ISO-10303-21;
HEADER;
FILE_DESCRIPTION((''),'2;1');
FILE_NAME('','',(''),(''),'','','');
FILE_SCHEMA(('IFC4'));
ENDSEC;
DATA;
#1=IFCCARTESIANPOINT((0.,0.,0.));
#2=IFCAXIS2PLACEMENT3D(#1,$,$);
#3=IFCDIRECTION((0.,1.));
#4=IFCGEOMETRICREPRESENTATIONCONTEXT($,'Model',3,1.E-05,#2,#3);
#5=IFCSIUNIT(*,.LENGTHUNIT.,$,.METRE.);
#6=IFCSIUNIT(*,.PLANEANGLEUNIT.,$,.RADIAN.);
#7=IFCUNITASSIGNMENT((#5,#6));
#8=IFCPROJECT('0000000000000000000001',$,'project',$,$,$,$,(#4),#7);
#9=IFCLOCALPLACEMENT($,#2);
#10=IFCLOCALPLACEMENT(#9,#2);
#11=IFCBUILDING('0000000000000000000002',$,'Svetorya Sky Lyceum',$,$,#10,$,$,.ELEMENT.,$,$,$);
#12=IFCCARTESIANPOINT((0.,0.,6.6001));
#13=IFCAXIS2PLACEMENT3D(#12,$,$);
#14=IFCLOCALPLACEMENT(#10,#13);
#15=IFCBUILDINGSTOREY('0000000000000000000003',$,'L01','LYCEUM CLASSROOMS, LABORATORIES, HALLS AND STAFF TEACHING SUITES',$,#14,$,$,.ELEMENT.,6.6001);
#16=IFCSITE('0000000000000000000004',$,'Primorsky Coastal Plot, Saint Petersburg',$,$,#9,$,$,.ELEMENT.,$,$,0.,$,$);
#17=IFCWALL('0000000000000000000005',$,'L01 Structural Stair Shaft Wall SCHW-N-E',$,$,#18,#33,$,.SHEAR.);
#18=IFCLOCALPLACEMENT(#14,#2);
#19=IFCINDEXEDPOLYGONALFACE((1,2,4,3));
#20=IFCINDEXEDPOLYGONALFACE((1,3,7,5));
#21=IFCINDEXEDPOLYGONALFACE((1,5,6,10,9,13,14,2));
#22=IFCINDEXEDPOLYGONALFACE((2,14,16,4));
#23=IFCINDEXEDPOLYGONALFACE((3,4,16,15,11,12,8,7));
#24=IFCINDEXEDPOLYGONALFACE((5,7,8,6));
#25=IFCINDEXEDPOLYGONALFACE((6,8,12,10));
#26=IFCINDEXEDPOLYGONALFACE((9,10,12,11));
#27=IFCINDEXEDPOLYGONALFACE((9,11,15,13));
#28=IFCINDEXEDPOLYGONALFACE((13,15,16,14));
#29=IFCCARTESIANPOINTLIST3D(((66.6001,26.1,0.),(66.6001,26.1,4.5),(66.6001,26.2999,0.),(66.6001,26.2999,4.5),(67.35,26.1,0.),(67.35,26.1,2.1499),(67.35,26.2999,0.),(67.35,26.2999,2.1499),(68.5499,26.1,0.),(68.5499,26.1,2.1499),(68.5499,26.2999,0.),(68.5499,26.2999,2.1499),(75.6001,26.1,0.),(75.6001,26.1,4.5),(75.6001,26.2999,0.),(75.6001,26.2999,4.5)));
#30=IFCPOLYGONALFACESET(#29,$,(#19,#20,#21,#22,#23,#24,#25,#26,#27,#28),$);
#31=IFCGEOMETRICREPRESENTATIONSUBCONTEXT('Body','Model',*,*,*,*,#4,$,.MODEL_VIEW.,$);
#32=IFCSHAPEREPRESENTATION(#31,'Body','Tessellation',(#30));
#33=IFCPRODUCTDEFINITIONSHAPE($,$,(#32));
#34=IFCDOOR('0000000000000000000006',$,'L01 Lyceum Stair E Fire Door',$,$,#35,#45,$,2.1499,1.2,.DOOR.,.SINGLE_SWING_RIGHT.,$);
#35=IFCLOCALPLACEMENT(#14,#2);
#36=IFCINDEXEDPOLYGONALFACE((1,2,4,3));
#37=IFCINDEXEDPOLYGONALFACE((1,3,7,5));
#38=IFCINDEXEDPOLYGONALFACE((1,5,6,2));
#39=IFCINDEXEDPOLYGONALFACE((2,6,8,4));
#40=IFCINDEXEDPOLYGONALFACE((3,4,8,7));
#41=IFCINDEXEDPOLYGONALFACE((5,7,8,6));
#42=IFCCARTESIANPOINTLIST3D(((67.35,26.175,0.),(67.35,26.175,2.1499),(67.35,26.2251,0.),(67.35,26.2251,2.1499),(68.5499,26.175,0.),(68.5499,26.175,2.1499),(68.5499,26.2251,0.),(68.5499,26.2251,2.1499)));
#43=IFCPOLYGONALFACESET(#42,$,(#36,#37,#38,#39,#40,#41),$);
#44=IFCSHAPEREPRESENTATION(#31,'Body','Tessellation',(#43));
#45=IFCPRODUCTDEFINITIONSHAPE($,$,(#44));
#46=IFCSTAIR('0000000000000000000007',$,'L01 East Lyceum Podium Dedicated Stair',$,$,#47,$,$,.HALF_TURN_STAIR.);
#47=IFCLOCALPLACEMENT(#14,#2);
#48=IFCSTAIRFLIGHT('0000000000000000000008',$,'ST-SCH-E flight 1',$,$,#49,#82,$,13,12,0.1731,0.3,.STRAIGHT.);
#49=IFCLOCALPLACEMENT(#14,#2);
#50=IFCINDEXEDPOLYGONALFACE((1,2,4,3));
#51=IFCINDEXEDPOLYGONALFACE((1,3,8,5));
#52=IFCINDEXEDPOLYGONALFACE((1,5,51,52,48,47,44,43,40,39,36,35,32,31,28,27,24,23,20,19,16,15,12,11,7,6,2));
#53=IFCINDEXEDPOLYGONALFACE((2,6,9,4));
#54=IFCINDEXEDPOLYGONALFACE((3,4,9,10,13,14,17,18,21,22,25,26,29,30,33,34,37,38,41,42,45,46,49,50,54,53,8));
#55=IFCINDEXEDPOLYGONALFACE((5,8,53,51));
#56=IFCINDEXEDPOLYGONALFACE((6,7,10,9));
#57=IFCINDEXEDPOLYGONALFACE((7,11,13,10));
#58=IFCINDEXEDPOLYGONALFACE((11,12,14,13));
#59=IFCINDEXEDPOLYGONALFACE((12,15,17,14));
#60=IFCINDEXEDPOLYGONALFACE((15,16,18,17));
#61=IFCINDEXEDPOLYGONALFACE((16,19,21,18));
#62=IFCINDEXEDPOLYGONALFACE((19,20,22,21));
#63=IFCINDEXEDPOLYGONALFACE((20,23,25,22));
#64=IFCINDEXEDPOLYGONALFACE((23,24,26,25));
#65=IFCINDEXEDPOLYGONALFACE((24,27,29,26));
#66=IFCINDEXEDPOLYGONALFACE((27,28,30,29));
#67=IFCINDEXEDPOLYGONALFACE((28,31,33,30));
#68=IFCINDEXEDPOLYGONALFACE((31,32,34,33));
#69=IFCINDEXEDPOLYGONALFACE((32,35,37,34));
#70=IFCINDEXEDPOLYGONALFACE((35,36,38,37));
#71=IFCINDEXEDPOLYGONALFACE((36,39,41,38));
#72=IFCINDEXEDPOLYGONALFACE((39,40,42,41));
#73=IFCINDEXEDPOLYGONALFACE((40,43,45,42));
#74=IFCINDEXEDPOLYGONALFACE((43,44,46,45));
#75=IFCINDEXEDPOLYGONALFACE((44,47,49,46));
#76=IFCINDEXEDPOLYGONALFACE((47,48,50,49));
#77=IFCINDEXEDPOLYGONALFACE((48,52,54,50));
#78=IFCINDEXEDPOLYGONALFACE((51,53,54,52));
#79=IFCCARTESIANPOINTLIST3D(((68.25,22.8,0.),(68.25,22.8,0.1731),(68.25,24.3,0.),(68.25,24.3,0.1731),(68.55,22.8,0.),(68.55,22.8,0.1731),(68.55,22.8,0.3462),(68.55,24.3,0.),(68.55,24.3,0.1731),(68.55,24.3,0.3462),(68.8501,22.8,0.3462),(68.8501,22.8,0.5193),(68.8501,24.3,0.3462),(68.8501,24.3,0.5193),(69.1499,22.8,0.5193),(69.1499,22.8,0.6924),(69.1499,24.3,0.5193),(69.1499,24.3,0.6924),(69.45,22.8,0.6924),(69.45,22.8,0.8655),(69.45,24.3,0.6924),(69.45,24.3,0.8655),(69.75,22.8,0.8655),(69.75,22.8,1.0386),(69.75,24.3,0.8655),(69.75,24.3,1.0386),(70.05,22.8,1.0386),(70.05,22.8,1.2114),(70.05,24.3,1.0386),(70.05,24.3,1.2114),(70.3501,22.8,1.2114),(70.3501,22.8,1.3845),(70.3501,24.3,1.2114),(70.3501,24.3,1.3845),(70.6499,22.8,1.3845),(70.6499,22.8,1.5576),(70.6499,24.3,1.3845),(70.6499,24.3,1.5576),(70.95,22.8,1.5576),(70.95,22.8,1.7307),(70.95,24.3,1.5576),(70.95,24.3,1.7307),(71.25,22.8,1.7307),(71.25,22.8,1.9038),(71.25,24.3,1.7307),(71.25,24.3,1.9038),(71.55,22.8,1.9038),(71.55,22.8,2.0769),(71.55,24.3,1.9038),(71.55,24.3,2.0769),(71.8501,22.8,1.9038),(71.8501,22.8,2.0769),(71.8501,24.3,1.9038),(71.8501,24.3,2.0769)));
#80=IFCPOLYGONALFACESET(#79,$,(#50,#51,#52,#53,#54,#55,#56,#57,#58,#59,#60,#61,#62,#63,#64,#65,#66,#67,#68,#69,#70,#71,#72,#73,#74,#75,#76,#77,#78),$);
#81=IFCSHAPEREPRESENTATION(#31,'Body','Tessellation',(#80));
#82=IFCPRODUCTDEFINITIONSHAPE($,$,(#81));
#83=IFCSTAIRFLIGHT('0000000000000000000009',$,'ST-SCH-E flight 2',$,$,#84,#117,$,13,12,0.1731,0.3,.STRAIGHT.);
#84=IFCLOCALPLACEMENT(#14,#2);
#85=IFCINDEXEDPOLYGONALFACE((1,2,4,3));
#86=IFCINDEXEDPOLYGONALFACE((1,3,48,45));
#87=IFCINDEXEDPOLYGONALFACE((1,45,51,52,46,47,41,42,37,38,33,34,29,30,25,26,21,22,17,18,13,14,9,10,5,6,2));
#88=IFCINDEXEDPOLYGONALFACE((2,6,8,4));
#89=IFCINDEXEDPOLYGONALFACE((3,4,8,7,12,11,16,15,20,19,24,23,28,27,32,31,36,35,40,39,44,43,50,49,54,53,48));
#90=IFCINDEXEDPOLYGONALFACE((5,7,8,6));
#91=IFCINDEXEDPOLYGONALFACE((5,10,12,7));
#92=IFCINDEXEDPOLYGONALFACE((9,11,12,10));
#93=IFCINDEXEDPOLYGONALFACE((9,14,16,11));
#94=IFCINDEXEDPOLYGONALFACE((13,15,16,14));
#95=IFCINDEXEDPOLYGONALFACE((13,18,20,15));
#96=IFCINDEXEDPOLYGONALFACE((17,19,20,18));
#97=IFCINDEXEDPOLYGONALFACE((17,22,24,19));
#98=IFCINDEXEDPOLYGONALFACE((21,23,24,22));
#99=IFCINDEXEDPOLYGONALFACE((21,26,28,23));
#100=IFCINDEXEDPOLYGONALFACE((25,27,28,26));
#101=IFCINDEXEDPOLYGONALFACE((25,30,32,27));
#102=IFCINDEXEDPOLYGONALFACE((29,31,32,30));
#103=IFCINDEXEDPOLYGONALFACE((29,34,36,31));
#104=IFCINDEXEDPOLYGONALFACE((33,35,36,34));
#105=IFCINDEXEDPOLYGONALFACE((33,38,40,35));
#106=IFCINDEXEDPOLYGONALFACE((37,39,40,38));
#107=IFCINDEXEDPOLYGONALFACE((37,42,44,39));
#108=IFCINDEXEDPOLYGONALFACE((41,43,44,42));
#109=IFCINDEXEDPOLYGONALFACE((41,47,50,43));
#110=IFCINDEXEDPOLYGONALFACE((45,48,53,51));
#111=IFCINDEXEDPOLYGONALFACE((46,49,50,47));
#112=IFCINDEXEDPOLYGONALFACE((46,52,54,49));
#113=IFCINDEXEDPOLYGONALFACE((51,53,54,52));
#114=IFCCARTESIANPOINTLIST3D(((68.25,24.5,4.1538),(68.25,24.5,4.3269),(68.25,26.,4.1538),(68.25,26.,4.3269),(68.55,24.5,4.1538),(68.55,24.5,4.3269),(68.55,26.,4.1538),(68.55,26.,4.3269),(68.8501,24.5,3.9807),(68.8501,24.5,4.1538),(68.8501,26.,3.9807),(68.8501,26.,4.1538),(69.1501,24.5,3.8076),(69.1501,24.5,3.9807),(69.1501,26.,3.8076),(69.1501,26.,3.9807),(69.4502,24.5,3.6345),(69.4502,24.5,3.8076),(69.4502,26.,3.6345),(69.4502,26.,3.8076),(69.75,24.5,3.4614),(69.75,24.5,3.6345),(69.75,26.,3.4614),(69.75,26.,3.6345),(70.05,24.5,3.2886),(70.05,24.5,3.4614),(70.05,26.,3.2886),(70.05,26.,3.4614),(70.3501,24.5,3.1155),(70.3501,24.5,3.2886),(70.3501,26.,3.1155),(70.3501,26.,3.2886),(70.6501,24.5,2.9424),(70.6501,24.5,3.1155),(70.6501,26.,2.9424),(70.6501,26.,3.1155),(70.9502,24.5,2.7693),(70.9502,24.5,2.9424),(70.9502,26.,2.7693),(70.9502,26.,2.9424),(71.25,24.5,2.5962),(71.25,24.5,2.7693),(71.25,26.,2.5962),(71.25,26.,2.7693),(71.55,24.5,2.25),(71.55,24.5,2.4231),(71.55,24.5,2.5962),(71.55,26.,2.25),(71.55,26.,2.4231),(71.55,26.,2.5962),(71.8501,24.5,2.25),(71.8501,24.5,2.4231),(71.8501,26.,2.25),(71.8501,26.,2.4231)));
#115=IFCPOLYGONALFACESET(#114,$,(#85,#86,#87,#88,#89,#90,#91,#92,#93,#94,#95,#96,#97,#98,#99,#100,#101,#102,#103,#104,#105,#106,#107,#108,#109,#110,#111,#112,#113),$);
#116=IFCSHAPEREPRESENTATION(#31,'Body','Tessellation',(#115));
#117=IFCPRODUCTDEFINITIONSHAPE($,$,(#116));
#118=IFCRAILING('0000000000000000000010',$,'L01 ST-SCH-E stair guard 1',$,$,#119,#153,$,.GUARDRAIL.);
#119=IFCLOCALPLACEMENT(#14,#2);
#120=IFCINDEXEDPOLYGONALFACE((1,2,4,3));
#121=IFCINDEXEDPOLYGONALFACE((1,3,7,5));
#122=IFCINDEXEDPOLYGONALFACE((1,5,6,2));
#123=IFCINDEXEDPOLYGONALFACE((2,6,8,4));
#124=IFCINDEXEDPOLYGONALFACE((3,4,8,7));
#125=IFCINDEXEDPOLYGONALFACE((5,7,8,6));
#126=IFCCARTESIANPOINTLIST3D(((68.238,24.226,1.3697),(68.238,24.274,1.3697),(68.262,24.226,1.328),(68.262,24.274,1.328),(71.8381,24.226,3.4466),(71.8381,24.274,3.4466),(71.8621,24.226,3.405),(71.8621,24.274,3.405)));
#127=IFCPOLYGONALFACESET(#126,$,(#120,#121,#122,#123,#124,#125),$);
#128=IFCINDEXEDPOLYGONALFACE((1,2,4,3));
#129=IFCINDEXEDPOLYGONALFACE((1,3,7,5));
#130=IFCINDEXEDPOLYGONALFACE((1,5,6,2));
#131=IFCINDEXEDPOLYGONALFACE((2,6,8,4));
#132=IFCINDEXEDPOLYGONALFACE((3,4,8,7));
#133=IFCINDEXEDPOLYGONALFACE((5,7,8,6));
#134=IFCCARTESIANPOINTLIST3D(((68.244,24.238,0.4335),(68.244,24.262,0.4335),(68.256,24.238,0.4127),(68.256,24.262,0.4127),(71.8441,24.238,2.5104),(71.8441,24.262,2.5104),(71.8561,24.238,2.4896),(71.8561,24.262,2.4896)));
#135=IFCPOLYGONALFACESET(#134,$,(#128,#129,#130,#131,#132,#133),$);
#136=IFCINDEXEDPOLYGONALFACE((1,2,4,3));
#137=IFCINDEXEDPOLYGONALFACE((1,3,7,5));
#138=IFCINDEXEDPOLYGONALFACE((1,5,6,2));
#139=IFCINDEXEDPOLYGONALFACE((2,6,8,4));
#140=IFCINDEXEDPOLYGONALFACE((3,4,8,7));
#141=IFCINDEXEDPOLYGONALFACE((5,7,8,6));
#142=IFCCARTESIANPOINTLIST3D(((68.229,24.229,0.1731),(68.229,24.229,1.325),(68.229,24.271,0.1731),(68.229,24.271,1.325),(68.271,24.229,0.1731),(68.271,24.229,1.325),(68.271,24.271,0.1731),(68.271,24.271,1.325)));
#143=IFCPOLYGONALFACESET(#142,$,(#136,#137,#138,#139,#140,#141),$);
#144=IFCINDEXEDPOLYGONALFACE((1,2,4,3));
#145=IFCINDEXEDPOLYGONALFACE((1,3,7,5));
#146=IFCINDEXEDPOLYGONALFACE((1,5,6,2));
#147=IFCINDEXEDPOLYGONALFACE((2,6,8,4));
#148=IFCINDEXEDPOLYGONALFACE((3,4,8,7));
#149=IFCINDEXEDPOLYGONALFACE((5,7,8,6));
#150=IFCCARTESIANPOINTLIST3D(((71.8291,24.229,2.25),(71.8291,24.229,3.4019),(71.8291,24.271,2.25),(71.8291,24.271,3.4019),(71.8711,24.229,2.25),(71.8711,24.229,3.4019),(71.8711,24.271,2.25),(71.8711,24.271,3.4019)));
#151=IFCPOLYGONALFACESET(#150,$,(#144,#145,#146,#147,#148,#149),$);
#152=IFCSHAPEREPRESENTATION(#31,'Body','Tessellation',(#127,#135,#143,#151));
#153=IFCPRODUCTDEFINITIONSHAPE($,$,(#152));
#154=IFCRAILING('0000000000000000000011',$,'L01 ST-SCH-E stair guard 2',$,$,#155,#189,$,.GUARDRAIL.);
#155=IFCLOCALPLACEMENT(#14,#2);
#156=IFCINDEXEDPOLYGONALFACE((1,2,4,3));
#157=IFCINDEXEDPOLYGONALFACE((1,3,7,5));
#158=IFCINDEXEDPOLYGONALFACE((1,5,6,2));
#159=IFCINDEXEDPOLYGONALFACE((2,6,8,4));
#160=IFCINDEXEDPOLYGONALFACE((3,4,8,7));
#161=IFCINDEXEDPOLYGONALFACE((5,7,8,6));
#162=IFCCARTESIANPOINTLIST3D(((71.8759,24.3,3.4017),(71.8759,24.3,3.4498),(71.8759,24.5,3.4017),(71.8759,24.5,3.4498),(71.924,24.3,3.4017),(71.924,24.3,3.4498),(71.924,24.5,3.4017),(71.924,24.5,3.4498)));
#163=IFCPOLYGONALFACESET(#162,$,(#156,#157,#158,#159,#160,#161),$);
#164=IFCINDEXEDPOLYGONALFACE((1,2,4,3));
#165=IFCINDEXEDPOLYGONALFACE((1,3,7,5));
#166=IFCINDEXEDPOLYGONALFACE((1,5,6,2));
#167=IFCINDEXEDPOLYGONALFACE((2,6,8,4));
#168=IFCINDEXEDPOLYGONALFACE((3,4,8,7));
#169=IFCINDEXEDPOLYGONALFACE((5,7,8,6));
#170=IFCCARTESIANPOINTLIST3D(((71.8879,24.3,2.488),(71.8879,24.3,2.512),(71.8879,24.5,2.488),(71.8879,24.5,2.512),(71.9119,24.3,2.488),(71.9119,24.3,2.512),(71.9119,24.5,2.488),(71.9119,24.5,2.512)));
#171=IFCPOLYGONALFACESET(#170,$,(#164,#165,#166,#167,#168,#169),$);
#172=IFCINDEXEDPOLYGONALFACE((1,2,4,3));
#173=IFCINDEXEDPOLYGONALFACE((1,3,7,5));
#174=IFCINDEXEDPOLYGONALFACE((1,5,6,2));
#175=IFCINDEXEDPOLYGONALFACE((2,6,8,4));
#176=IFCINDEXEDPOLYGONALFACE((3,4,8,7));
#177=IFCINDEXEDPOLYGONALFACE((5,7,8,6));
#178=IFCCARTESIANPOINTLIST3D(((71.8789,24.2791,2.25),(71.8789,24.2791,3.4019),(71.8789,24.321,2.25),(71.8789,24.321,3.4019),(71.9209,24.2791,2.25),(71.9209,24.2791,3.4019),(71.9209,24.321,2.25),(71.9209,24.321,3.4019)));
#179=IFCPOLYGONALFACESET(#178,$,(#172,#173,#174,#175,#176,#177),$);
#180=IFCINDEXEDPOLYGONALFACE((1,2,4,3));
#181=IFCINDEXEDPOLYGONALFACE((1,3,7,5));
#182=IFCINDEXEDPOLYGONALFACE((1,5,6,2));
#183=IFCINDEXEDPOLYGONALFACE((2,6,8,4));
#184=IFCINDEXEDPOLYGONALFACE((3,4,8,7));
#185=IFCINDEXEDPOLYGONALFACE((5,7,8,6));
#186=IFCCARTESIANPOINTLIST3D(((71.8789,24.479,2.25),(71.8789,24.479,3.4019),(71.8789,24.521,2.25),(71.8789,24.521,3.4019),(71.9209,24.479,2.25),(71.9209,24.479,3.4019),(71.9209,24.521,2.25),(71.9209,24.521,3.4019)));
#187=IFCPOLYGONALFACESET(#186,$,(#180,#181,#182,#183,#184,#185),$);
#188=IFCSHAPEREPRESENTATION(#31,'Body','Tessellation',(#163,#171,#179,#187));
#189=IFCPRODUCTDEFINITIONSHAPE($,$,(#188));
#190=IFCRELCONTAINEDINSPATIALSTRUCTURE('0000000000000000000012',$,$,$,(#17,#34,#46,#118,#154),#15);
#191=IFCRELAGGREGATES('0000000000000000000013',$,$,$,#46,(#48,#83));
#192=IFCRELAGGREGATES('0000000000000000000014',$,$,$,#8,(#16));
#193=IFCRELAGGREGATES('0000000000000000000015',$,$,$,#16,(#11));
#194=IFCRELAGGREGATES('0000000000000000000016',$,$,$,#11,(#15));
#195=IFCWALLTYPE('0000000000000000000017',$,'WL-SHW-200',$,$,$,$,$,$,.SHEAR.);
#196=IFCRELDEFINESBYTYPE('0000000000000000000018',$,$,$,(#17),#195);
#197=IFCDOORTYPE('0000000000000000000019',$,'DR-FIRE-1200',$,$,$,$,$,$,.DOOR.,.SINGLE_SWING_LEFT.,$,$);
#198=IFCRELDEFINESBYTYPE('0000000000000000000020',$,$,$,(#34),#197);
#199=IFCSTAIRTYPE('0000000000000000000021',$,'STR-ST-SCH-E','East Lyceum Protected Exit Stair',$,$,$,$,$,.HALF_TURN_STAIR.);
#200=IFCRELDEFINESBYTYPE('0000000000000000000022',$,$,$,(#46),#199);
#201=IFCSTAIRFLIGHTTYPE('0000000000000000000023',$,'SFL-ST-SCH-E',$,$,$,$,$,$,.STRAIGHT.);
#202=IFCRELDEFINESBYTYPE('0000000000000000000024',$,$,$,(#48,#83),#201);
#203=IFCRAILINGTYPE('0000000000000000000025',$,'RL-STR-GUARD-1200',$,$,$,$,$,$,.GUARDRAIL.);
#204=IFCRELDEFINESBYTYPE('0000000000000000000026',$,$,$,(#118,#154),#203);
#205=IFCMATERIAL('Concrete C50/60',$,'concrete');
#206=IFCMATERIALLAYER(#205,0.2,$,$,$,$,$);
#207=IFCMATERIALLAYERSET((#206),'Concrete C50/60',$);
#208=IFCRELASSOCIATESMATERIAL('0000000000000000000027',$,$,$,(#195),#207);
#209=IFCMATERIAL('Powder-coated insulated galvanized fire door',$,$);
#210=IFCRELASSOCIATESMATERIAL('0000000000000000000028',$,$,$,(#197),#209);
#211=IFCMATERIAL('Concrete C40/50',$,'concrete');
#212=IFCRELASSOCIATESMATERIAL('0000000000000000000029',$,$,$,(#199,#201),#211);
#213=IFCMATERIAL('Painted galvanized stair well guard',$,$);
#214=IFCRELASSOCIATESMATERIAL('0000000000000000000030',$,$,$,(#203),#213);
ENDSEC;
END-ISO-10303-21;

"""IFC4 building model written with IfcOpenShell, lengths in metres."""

from ifc_helpers import new_model, si_unit, direction, frame, frame_2d, origin, origin_2d, place, context, subcontext, project, spatial, polyline, rectangle, outline, extrude, material, layer, layer_set, type_object, element, fill, aggregate, save


model = new_model("IFC4")

# Units and contexts
model_context = context("Model", 3, precision=1e-05, world=origin(), true_north=direction((0.0, 1.0)))
body_context = subcontext(model_context, "Body", "Model", "MODEL_VIEW")
ifc_project = project(units=[si_unit("LENGTHUNIT", "METRE"), si_unit("PLANEANGLEUNIT", "RADIAN")], contexts=[model_context])

# Site, building, storey
site_placement = place(None, origin())
site = spatial("IfcSite", under=ifc_project, at=site_placement, Name="Primorsky Coastal Plot, Saint Petersburg", CompositionType="ELEMENT", RefElevation=0.0)
building_placement = place(site_placement, origin())
building = spatial("IfcBuilding", under=site, at=building_placement, Name="Svetorya Sky Lyceum", CompositionType="ELEMENT")
storey_placement = place(building_placement, frame((0.0, 0.0, 6.6001)))
storey = spatial("IfcBuildingStorey", under=building, at=storey_placement, Name="L01", Description="LYCEUM CLASSROOMS, LABORATORIES, HALLS AND STAFF TEACHING SUITES", CompositionType="ELEMENT", Elevation=6.6001)

# Shared definitions
ifc_material_1 = material(Name="Concrete C50/60", Category="concrete")

# Shared definitions
ifc_layer_1 = layer(ifc_material_1, 0.2)
ifc_layer_set_1 = layer_set([ifc_layer_1], Name="Concrete C50/60")
wall_type_1 = type_object("IfcWallType", Name="WL-SHW-200", PredefinedType="SHEAR", material=ifc_layer_set_1)

# Wall, opening, door
wall_1_placement = place(storey_placement, frame((75.6001, 26.2, 0.0), z_axis=(0.0, 0.0, 1.0), x_axis=(-1.0, 0.0, 0.0)))
wall_1 = element("IfcWall", 1, at=wall_1_placement, inside=storey, type_object=wall_type_1, Name="L01 Structural Stair Shaft Wall SCHW-N-E", PredefinedType="SHEAR", context=body_context, shape_type="SweptSolid", body=[
    extrude(rectangle(XDim=9.0, YDim=0.2, at=frame_2d((4.5, 0.0))), origin(), (0.0, 0.0, 1.0), 4.5),
])
opening_1_placement = place(wall_1_placement, frame((7.05, 0.0, 0.0)))
opening_1 = element("IfcOpeningElement", 2, at=opening_1_placement, cuts=wall_1, PredefinedType="OPENING", context=body_context, shape_type="SweptSolid", body=[
    extrude(rectangle(XDim=1.2, YDim=2.1499, at=frame_2d((0.6001, 1.075))), frame((0.0, 0.1099, 0.0), z_axis=(0.0, -1.0, 0.0), x_axis=(1.0, 0.0, 0.0)), (0.0, 0.0, 1.0), 0.22),
])
ifc_material_2 = material(Name="Powder-coated insulated galvanized fire door")
door_type_1 = type_object("IfcDoorType", Name="DR-FIRE-1200", OperationType="SINGLE_SWING_LEFT", PredefinedType="DOOR", material=ifc_material_2)
door_1_placement = place(opening_1_placement, origin())
door_1 = element("IfcDoor", 3, at=door_1_placement, inside=storey, type_object=door_type_1, Name="L01 Lyceum Stair E Fire Door", OperationType="SINGLE_SWING_RIGHT", OverallHeight=2.1499, OverallWidth=1.2, PredefinedType="DOOR", context=body_context, shape_type="SweptSolid", body=[
    extrude(rectangle(XDim=1.2, YDim=2.1499, at=frame_2d((0.6001, 1.075))), frame((0.0, 0.0249, 0.0), z_axis=(0.0, -1.0, 0.0), x_axis=(1.0, 0.0, 0.0)), (0.0, 0.0, 1.0), 0.05),
])
fill(opening_1, door_1)

# Stair, stair flights
ifc_material_3 = material(Name="Concrete C40/50", Category="concrete")
stair_type = type_object("IfcStairType", Name="STR-ST-SCH-E", Description="East Lyceum Protected Exit Stair", PredefinedType="HALF_TURN_STAIR", material=ifc_material_3)
stair_placement = place(storey_placement, origin())
stair = element("IfcStair", 4, at=stair_placement, inside=storey, type_object=stair_type, Name="L01 East Lyceum Podium Dedicated Stair", PredefinedType="HALF_TURN_STAIR")
stair_flight_type = type_object("IfcStairFlightType", Name="SFL-ST-SCH-E", PredefinedType="STRAIGHT", material=ifc_material_3)
stair_flight_1_placement = place(storey_placement, frame((68.25, 23.55, 0.0), z_axis=(0.0, 0.0, 1.0), x_axis=(1.0, 0.0, 0.0)))
stair_flight_1 = element("IfcStairFlight", 5, at=stair_flight_1_placement, type_object=stair_flight_type, Name="ST-SCH-E flight 1", NumberOfRisers=13, NumberOfTreads=12, PredefinedType="STRAIGHT", RiserHeight=0.1731, TreadLength=0.3, context=body_context, shape_type="SweptSolid", body=[
    extrude(outline(polyline([(0.0, 0.0), (0.0, 0.1731), (0.3, 0.1731), (0.3, 0.3462), (0.6001, 0.3462), (0.6001, 0.5193), (0.8999, 0.5193), (0.8999, 0.6924), (1.2, 0.6924), (1.2, 0.8655), (1.5, 0.8655), (1.5, 1.0386), (1.8, 1.0386), (1.8, 1.2114), (2.1001, 1.2114), (2.1001, 1.3845), (2.3999, 1.3845), (2.3999, 1.5576), (2.7, 1.5576), (2.7, 1.7307), (3.0, 1.7307), (3.0, 1.9038), (3.3, 1.9038), (3.3, 2.0769), (3.6001, 2.0769), (3.6001, 2.25), (3.6001, 1.9038), (0.3, 0.0), (0.0, 0.0)])), frame((0.0, 0.75, 0.0), z_axis=(0.0, -1.0, 0.0), x_axis=(1.0, 0.0, 0.0)), (0.0, 0.0, 1.0), 1.5),
])
stair_flight_2_placement = place(storey_placement, frame((71.8501, 25.25, 2.25), z_axis=(0.0, 0.0, 1.0), x_axis=(-1.0, 0.0, 0.0)))
stair_flight_2 = element("IfcStairFlight", 6, at=stair_flight_2_placement, type_object=stair_flight_type, Name="ST-SCH-E flight 2", NumberOfRisers=13, NumberOfTreads=12, PredefinedType="STRAIGHT", RiserHeight=0.1731, TreadLength=0.3, context=body_context, shape_type="SweptSolid", body=[
    extrude(outline(polyline([(0.0, 0.0), (0.0, 0.1731), (0.3, 0.1731), (0.3, 0.3462), (0.6001, 0.3462), (0.6001, 0.5193), (0.8999, 0.5193), (0.8999, 0.6924), (1.2, 0.6924), (1.2, 0.8655), (1.5, 0.8655), (1.5, 1.0386), (1.8, 1.0386), (1.8, 1.2114), (2.1001, 1.2114), (2.1001, 1.3845), (2.3999, 1.3845), (2.3999, 1.5576), (2.7, 1.5576), (2.7, 1.7307), (3.0, 1.7307), (3.0, 1.9038), (3.3, 1.9038), (3.3, 2.0769), (3.6001, 2.0769), (3.6001, 2.25), (3.6001, 1.9038), (0.3, 0.0), (0.0, 0.0)])), frame((0.0, 0.75, 0.0), z_axis=(0.0, -1.0, 0.0), x_axis=(1.0, 0.0, 0.0)), (0.0, 0.0, 1.0), 1.5),
])
aggregate(stair, [stair_flight_1, stair_flight_2])

# Railings
ifc_material_4 = material(Name="Painted galvanized stair well guard")
railing_type_1 = type_object("IfcRailingType", Name="RL-STR-GUARD-1200", PredefinedType="GUARDRAIL", material=ifc_material_4)
railing_1_placement = place(storey_placement, frame((68.25, 24.25, 0.1731)))
element("IfcRailing", 7, at=railing_1_placement, inside=storey, type_object=railing_type_1, Name="L01 ST-SCH-E stair guard 1", PredefinedType="GUARDRAIL", context=body_context, shape_type="SweptSolid", body=[
    extrude(rectangle(XDim=0.0481, YDim=0.0481, at=origin_2d()), frame((0.0, 0.0, 1.1758), z_axis=(0.866193, 0.0, 0.499709), x_axis=(0.0, 1.0, 0.0)), (0.0, 0.0, 1.0), 4.1562),
    extrude(rectangle(XDim=0.0239, YDim=0.0239, at=origin_2d()), frame((0.0, 0.0, 0.25), z_axis=(0.866193, 0.0, 0.499709), x_axis=(0.0, 1.0, 0.0)), (0.0, 0.0, 1.0), 4.1562),
    extrude(rectangle(XDim=0.042, YDim=0.042, at=origin_2d()), origin(), (0.0, 0.0, 1.0), 1.1519),
    extrude(rectangle(XDim=0.042, YDim=0.042, at=origin_2d()), frame((3.6001, 0.0, 2.0769)), (0.0, 0.0, 1.0), 1.1519),
])
railing_2_placement = place(storey_placement, frame((71.8999, 24.3, 2.25)))
element("IfcRailing", 8, at=railing_2_placement, inside=storey, type_object=railing_type_1, Name="L01 ST-SCH-E stair guard 2", PredefinedType="GUARDRAIL", context=body_context, shape_type="SweptSolid", body=[
    extrude(rectangle(XDim=0.0481, YDim=0.0481, at=origin_2d()), frame((0.0, 0.0, 1.1758), z_axis=(0.0, 1.0, 0.0), x_axis=(-1.0, 0.0, 0.0)), (0.0, 0.0, 1.0), 0.2),
    extrude(rectangle(XDim=0.0239, YDim=0.0239, at=origin_2d()), frame((0.0, 0.0, 0.25), z_axis=(0.0, 1.0, 0.0), x_axis=(-1.0, 0.0, 0.0)), (0.0, 0.0, 1.0), 0.2),
    extrude(rectangle(XDim=0.042, YDim=0.042, at=origin_2d()), origin(), (0.0, 0.0, 1.0), 1.1519),
    extrude(rectangle(XDim=0.042, YDim=0.042, at=origin_2d()), frame((0.0, 0.2, 0.0)), (0.0, 0.0, 1.0), 1.1519),
])

save(model, "model.ifc")
